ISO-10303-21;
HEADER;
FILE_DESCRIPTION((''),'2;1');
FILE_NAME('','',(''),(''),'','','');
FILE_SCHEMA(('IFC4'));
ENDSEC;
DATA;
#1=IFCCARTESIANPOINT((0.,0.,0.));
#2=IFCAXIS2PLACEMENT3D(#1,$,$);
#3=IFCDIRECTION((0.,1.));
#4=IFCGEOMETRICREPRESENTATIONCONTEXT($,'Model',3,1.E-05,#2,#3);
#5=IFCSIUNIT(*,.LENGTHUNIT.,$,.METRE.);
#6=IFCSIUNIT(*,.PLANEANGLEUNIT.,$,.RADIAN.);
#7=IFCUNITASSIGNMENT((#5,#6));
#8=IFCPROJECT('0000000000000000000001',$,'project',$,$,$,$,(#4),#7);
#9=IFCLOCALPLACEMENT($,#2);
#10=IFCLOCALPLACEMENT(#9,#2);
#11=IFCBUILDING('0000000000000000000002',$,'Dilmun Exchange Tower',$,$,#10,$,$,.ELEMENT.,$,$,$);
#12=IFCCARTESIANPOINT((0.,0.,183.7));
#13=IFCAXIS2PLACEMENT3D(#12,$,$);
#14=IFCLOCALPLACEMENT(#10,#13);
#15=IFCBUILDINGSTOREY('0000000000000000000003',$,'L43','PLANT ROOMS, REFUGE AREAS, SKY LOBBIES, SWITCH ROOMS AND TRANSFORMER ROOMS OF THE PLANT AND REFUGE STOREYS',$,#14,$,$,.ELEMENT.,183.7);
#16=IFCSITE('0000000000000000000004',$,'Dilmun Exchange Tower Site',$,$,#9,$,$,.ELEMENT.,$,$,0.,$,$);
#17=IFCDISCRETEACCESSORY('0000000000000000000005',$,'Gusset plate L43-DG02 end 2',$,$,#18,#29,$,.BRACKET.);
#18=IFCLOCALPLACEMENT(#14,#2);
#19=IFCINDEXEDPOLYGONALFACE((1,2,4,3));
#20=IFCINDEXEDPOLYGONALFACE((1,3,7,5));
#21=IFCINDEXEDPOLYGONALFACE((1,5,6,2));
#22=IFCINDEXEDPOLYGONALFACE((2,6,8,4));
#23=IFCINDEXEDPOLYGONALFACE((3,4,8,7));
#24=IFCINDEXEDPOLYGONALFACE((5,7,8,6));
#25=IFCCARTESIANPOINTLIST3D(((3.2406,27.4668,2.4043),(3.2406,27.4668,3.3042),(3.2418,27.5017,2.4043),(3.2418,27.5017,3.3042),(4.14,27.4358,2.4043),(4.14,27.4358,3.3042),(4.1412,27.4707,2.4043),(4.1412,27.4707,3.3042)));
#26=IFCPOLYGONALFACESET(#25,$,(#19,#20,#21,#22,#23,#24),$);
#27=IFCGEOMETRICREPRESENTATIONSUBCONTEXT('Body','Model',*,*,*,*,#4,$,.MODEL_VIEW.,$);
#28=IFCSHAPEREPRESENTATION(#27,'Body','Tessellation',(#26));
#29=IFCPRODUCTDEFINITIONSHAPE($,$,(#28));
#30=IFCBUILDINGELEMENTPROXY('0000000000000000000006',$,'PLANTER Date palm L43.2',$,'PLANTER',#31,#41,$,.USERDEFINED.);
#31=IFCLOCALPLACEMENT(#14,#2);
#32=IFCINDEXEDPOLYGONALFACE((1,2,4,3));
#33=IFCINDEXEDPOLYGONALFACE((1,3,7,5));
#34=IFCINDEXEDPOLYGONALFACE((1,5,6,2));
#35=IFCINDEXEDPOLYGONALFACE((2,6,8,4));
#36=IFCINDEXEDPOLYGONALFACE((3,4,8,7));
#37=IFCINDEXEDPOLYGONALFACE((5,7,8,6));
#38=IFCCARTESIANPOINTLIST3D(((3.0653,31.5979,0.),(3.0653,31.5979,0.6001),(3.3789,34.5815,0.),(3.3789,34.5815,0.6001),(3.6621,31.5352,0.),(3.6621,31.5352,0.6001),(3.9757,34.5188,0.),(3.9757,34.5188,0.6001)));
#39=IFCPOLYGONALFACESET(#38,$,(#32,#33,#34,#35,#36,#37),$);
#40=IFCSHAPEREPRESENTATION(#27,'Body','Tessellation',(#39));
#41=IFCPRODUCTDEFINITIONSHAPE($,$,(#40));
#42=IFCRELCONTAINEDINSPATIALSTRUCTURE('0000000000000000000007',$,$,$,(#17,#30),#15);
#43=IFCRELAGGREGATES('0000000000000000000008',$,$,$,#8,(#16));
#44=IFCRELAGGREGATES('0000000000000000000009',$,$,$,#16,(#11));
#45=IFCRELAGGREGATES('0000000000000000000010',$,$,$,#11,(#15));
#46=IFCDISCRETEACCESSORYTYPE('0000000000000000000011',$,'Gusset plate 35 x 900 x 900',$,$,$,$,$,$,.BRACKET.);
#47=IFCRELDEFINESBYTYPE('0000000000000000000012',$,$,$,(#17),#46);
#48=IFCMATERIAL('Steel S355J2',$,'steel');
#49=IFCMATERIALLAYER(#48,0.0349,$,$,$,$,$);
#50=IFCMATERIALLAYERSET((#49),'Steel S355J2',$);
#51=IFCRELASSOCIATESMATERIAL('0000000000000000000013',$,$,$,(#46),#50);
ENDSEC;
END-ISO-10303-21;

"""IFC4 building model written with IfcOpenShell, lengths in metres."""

from ifc_helpers import new_model, si_unit, direction, frame, origin, origin_2d, place, context, subcontext, project, spatial, rectangle, extrude, material, layer, layer_set, type_object, element, save


model = new_model("IFC4")

# Units and contexts
model_context = context("Model", 3, precision=1e-05, world=origin(), true_north=direction((0.0, 1.0)))
body_context = subcontext(model_context, "Body", "Model", "MODEL_VIEW")
ifc_project = project(units=[si_unit("LENGTHUNIT", "METRE"), si_unit("PLANEANGLEUNIT", "RADIAN")], contexts=[model_context])

# Site, building, storey
site_placement = place(None, origin())
site = spatial("IfcSite", under=ifc_project, at=site_placement, Name="Dilmun Exchange Tower Site", CompositionType="ELEMENT", RefElevation=0.0)
building_placement = place(site_placement, origin())
building = spatial("IfcBuilding", under=site, at=building_placement, Name="Dilmun Exchange Tower", CompositionType="ELEMENT")
storey_placement = place(building_placement, frame((0.0, 0.0, 183.7)))
storey = spatial("IfcBuildingStorey", under=building, at=storey_placement, Name="L43", Description="PLANT ROOMS, REFUGE AREAS, SKY LOBBIES, SWITCH ROOMS AND TRANSFORMER ROOMS OF THE PLANT AND REFUGE STOREYS", CompositionType="ELEMENT", Elevation=183.7)

# Discrete accessory
ifc_material_1 = material(Name="Steel S355J2", Category="steel")
ifc_layer_1 = layer(ifc_material_1, 0.0349)
ifc_layer_set_1 = layer_set([ifc_layer_1], Name="Steel S355J2")
discrete_accessory_type = type_object("IfcDiscreteAccessoryType", Name="Gusset plate 35 x 900 x 900", PredefinedType="BRACKET", material=ifc_layer_set_1)
for number, where, z_axis, x_axis, name in (
    (1, (3.6909, 27.4688, 2.4043), (0.0, 0.0, 1.0), (0.999405, -0.034498, 0.0), "Gusset plate L43-DG02 end 2"),
):
    element("IfcDiscreteAccessory", number, at=place(storey_placement, frame(where, z_axis=z_axis, x_axis=x_axis)), inside=storey, type_object=discrete_accessory_type, Name=name, PredefinedType="BRACKET", context=body_context, shape_type="SweptSolid", body=[
        extrude(rectangle(XDim=0.8999, YDim=0.0349, at=origin_2d()), origin(), (0.0, 0.0, 1.0), 0.8999),
    ])

# Building element proxy
proxy_placement = place(storey_placement, frame((3.5205, 33.0583, 0.0), z_axis=(0.0, 0.0, 1.0), x_axis=(0.104528, 0.994522, 0.0)))
element("IfcBuildingElementProxy", 2, at=proxy_placement, inside=storey, Name="PLANTER Date palm L43.2", ObjectType="PLANTER", PredefinedType="USERDEFINED", context=body_context, shape_type="SweptSolid", body=[
    extrude(rectangle(XDim=3.0, YDim=0.6001, at=origin_2d()), origin(), (0.0, 0.0, 1.0), 0.6001),
])

save(model, "model.ifc")
